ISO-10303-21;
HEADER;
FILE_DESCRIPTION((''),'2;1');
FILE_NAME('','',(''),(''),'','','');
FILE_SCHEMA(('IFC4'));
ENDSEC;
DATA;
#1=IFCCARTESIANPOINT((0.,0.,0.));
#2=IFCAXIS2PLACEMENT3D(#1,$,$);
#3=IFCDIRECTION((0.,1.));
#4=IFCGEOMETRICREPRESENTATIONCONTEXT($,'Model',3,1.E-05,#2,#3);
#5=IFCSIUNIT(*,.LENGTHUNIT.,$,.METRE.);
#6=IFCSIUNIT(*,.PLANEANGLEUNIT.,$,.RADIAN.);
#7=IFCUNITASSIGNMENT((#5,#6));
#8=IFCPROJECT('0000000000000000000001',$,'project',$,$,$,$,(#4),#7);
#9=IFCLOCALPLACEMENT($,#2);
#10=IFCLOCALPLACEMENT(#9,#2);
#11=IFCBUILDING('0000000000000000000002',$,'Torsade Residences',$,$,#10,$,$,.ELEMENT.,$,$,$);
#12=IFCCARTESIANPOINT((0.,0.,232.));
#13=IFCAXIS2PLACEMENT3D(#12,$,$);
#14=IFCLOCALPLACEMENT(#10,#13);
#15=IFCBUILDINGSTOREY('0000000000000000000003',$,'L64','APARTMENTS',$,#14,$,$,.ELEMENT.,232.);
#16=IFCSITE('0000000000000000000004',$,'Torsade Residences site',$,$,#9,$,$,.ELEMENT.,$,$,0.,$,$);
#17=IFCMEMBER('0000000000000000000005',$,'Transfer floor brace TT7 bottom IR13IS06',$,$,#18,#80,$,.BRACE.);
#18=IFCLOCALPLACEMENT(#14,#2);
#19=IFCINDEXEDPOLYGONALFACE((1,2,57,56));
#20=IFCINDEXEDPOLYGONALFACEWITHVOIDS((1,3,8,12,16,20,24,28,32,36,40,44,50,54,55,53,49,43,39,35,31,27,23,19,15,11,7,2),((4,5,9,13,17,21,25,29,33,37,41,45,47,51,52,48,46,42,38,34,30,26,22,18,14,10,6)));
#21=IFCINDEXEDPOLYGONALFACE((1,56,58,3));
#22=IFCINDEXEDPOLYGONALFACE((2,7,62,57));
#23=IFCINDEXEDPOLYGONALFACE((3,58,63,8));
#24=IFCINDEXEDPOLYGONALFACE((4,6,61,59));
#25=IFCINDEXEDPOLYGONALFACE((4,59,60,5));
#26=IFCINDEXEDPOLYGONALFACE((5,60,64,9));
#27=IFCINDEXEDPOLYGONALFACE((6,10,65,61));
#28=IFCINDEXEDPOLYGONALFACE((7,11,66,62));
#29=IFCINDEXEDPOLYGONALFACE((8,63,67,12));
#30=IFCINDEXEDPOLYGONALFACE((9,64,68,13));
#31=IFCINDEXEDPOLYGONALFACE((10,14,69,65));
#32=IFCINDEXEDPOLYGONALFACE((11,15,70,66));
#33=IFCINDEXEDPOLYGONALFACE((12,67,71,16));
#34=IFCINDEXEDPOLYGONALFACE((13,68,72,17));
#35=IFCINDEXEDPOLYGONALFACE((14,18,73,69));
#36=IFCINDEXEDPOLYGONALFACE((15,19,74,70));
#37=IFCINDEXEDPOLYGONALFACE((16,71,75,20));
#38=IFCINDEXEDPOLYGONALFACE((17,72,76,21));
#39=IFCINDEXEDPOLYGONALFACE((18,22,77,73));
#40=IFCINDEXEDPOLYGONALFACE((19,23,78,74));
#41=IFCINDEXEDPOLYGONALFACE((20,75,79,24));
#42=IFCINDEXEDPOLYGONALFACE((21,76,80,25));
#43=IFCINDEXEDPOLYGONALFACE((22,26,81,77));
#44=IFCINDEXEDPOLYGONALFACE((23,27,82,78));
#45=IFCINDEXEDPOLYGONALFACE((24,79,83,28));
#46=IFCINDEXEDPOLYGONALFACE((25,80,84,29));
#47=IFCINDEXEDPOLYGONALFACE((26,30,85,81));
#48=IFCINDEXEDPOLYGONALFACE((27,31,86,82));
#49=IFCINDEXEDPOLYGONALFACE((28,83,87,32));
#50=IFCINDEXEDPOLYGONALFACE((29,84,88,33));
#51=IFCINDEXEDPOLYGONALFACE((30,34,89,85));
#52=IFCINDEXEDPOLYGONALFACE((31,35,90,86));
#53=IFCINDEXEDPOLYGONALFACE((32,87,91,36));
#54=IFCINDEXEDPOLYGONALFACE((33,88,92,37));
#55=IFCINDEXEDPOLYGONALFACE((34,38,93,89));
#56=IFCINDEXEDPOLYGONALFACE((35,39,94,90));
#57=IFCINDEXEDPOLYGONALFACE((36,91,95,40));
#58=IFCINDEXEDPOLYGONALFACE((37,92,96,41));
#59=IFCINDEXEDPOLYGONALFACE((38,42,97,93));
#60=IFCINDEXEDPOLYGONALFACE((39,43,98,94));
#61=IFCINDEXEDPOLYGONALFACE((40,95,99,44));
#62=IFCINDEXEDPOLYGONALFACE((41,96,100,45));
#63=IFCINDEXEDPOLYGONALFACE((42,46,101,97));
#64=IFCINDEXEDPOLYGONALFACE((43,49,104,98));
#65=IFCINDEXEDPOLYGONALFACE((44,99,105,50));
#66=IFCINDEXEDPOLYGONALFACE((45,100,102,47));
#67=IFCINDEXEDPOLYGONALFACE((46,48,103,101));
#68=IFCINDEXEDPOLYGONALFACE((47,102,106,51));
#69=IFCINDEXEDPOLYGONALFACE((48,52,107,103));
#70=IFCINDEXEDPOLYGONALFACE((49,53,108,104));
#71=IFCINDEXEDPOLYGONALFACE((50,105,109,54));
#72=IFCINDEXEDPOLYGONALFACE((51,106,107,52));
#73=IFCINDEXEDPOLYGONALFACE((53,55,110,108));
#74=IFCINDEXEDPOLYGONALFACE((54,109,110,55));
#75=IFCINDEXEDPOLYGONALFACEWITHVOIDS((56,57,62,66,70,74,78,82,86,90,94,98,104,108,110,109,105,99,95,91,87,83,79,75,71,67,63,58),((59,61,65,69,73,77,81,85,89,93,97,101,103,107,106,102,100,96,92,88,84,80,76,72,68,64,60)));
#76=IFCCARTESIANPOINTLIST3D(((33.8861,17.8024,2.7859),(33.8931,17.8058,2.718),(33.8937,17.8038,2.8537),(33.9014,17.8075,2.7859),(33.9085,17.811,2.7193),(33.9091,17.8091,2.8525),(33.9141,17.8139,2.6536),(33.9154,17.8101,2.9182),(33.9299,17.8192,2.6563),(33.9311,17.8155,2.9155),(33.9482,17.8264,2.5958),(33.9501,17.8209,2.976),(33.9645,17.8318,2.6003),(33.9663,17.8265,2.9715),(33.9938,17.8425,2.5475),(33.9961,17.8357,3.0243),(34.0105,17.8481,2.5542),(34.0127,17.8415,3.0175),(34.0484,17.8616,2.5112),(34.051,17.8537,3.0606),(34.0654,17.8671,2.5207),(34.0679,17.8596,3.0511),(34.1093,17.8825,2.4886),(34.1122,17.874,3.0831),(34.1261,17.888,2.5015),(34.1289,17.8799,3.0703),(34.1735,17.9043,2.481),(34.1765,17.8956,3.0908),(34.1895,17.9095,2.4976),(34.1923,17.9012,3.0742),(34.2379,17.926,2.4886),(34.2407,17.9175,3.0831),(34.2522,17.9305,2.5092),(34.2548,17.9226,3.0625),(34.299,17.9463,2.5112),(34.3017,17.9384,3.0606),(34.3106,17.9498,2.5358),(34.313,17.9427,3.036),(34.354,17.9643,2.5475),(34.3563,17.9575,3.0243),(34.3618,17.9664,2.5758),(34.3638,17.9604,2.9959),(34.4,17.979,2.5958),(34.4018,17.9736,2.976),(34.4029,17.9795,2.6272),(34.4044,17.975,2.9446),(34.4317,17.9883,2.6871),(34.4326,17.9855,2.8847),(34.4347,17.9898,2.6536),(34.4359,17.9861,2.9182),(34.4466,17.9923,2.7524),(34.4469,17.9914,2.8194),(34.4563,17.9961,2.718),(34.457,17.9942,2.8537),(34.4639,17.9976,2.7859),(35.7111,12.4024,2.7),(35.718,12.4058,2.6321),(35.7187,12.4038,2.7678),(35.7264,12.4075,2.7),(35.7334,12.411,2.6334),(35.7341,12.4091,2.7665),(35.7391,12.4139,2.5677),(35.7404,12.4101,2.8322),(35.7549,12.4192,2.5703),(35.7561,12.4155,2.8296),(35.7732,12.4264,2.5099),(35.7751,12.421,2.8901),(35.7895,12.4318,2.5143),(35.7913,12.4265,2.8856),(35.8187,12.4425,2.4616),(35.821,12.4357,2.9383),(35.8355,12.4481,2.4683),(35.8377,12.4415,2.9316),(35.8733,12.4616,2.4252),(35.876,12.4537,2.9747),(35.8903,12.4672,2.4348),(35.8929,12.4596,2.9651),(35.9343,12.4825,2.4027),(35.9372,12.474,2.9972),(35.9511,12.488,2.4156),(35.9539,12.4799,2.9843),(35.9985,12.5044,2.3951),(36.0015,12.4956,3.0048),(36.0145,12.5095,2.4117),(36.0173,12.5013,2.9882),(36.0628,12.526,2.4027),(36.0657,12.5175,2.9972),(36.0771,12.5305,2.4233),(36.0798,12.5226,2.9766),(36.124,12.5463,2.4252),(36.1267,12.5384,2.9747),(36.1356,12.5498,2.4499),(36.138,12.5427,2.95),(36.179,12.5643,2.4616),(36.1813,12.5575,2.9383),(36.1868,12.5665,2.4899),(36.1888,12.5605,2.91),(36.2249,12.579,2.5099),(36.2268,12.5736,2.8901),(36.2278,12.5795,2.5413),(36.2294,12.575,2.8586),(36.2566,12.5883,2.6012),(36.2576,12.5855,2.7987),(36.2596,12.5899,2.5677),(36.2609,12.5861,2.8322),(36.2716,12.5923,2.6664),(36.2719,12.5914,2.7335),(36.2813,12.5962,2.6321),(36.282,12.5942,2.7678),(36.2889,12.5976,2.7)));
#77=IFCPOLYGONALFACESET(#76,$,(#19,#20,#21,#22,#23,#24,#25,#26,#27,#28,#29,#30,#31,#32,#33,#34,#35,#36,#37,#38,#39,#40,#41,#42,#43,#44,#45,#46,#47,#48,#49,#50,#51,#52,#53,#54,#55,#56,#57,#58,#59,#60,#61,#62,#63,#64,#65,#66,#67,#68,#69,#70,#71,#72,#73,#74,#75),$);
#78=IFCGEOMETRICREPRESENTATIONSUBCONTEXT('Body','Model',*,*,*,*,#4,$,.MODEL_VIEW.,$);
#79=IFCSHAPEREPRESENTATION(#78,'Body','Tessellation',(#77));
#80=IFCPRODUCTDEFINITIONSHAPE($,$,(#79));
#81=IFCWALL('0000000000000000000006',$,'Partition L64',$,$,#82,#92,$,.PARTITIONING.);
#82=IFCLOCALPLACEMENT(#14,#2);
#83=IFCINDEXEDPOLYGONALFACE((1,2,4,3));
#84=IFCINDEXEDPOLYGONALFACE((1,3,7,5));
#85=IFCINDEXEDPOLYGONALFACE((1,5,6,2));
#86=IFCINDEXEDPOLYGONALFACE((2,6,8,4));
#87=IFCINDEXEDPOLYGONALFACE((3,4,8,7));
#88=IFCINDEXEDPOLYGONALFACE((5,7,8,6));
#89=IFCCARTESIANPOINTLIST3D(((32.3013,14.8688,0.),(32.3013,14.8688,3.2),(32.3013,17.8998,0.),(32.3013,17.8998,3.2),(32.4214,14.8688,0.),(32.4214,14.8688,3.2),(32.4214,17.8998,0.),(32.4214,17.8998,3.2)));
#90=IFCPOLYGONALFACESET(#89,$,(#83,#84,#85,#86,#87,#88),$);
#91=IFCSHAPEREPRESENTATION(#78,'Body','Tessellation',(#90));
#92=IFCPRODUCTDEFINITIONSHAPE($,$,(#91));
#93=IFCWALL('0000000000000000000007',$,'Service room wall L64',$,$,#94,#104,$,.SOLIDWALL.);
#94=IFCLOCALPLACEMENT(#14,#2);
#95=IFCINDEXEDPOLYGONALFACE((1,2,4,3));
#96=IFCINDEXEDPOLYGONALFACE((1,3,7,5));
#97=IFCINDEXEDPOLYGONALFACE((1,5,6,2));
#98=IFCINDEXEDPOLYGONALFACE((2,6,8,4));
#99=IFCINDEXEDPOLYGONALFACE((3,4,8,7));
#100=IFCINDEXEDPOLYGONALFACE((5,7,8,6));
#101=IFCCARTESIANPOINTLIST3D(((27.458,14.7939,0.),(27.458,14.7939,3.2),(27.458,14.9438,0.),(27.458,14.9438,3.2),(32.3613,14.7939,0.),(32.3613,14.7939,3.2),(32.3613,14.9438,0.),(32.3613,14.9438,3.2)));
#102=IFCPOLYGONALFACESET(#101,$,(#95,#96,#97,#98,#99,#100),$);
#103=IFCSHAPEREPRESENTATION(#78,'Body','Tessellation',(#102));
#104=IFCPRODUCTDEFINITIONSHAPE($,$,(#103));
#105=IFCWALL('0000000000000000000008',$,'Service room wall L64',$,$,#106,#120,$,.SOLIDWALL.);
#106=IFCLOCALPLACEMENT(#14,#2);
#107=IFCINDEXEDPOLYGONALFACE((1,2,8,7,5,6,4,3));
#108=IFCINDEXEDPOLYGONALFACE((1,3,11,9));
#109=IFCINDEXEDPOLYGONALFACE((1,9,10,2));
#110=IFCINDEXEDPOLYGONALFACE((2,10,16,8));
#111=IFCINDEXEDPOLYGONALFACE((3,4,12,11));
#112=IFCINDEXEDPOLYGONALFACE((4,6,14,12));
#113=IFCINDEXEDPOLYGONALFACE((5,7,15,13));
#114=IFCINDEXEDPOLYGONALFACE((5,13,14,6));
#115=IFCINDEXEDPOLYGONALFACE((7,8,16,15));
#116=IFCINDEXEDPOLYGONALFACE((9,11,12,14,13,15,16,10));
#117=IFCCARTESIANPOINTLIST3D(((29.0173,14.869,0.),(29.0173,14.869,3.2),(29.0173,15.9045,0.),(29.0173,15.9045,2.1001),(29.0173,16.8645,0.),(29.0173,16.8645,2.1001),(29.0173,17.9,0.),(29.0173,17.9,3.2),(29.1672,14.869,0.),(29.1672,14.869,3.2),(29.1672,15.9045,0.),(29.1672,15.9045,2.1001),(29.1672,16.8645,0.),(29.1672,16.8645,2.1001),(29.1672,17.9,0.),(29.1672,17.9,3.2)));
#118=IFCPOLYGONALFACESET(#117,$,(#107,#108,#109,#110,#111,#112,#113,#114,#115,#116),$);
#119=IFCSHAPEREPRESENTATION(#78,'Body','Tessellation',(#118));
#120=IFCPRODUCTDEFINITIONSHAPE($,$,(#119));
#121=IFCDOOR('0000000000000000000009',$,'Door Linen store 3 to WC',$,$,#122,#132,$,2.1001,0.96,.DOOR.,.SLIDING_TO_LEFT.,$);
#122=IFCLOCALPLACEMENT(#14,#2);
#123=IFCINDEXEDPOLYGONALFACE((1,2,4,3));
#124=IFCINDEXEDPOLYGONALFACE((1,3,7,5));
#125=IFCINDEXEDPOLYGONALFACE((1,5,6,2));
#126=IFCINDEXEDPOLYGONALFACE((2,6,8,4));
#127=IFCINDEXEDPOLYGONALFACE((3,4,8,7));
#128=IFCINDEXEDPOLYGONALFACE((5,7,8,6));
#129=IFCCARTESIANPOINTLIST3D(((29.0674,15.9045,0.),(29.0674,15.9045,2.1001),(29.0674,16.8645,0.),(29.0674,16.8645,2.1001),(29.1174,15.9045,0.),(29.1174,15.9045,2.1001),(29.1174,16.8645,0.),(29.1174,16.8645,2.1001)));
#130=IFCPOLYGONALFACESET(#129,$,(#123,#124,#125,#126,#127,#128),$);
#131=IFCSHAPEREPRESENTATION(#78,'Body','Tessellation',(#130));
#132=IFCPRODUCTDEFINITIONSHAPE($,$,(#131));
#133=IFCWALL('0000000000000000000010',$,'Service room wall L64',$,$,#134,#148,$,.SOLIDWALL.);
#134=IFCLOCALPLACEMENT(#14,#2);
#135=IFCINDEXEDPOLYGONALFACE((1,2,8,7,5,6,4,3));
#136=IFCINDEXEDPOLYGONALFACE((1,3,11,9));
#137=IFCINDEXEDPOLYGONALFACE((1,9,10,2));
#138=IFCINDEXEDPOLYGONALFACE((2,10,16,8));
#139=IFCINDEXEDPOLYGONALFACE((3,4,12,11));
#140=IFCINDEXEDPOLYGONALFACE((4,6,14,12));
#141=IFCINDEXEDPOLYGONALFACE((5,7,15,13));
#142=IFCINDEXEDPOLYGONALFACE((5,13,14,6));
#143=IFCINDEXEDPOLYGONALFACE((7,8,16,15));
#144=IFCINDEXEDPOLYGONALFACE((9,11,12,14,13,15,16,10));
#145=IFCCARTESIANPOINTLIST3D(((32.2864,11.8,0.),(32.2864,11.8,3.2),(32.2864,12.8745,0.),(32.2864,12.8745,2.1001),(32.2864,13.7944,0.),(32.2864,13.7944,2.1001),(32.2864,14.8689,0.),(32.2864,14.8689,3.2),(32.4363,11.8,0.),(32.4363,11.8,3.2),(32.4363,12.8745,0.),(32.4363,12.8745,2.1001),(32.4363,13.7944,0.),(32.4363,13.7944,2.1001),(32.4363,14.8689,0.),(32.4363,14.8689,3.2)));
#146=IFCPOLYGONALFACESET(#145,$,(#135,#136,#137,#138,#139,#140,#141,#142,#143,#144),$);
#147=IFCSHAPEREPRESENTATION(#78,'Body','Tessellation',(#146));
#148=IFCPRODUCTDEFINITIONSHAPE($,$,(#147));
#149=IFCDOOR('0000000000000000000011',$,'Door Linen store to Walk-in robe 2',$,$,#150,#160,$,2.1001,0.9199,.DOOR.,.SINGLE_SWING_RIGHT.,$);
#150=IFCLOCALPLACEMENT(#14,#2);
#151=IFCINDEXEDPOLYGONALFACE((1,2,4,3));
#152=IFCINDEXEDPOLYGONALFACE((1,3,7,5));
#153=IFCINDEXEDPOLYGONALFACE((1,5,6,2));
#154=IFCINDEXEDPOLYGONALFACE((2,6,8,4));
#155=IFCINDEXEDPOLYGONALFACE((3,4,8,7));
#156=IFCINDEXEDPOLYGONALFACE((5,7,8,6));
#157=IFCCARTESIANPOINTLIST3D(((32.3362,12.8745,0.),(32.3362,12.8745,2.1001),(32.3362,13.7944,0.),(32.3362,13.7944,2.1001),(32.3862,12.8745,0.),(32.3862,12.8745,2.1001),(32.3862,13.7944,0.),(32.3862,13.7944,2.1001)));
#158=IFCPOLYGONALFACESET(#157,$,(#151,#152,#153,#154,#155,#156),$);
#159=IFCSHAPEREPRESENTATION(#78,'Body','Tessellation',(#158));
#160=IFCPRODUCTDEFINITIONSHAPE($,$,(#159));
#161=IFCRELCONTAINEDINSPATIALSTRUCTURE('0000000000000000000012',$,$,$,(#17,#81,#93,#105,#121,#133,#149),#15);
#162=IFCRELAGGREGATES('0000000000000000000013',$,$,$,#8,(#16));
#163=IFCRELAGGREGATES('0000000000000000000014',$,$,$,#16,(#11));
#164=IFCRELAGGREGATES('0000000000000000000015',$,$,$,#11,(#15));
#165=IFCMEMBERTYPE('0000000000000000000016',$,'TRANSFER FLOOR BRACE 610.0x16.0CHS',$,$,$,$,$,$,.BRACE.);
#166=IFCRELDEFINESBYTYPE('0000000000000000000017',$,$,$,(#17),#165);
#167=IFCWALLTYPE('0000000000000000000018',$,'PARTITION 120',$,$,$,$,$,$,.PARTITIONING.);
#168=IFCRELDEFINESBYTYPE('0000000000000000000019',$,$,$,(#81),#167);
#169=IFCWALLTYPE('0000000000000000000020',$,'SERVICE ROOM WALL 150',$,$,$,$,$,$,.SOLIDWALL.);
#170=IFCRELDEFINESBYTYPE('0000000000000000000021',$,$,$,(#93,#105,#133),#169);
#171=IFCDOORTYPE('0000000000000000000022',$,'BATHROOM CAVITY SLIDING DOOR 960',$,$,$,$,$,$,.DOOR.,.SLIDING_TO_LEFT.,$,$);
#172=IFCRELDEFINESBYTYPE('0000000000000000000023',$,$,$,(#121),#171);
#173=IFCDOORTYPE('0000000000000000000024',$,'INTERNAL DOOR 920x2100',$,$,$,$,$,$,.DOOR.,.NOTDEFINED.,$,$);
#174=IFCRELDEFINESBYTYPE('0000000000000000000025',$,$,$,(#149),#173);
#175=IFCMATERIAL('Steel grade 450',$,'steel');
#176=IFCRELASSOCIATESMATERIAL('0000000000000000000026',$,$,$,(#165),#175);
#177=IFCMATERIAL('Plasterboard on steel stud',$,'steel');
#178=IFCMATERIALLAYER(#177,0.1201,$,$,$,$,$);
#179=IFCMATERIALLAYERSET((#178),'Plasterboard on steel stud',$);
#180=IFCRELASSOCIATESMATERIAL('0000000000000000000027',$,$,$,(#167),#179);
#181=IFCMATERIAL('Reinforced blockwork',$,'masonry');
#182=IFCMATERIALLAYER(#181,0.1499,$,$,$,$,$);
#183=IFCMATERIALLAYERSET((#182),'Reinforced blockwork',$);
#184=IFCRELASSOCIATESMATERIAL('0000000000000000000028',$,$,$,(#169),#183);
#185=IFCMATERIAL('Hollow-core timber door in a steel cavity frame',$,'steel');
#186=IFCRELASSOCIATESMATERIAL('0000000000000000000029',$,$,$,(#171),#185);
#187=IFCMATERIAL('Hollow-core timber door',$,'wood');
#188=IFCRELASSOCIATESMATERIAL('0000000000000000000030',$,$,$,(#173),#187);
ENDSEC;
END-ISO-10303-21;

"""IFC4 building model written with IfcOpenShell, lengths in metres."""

from ifc_helpers import new_model, si_unit, direction, frame, frame_2d, origin, origin_2d, place, context, subcontext, project, spatial, rectangle, hollow_circle, extrude, material, layer, layer_set, material_profile, profile_set, type_object, element, fill, save


model = new_model("IFC4")

# Units and contexts
model_context = context("Model", 3, precision=1e-05, world=origin(), true_north=direction((0.0, 1.0)))
body_context = subcontext(model_context, "Body", "Model", "MODEL_VIEW")
ifc_project = project(units=[si_unit("LENGTHUNIT", "METRE"), si_unit("PLANEANGLEUNIT", "RADIAN")], contexts=[model_context])

# Site, building, storey
site_placement = place(None, origin())
site = spatial("IfcSite", under=ifc_project, at=site_placement, Name="Torsade Residences site", CompositionType="ELEMENT", RefElevation=0.0)
building_placement = place(site_placement, origin())
building = spatial("IfcBuilding", under=site, at=building_placement, Name="Torsade Residences", CompositionType="ELEMENT")
storey_placement = place(building_placement, frame((0.0, 0.0, 232.0)))
storey = spatial("IfcBuildingStorey", under=building, at=storey_placement, Name="L64", Description="APARTMENTS", CompositionType="ELEMENT", Elevation=232.0)

# Member
ifc_material_1 = material(Name="Steel grade 450", Category="steel")
ifc_material_profile_1 = material_profile(ifc_material_1, hollow_circle(Radius=0.3049, WallThickness=0.0161, at=origin_2d()), Name="610.0x16.0CHS")
ifc_profile_set_1 = profile_set([ifc_material_profile_1], Name="Steel grade 450")
member_type = type_object("IfcMemberType", Name="TRANSFER FLOOR BRACE 610.0x16.0CHS", PredefinedType="BRACE", material=ifc_profile_set_1)
member_1_placement = place(storey_placement, frame((36.0, 12.5, 2.7), z_axis=(-0.320133, 0.947252, 0.015075), x_axis=(-0.94736, -0.32017, 0.0)))
element("IfcMember", 1, at=member_1_placement, inside=storey, type_object=member_type, Name="Transfer floor brace TT7 bottom IR13IS06", PredefinedType="BRACE", context=body_context, shape_type="SweptSolid", body=[
    extrude(hollow_circle(Radius=0.3049, WallThickness=0.0161, at=origin_2d()), origin(), (0.0, 0.0, 1.0), 5.7007),
])

# Walls
ifc_material_2 = material(Name="Plasterboard on steel stud", Category="steel")
ifc_layer_1 = layer(ifc_material_2, 0.1201)
ifc_layer_set_1 = layer_set([ifc_layer_1], Name="Plasterboard on steel stud")
wall_type_1 = type_object("IfcWallType", Name="PARTITION 120", PredefinedType="PARTITIONING", material=ifc_layer_set_1)
wall_1_placement = place(storey_placement, frame((32.3613, 17.8999, 0.0), z_axis=(0.0, 0.0, 1.0), x_axis=(0.0, -1.0, 0.0)))
element("IfcWall", 2, at=wall_1_placement, inside=storey, type_object=wall_type_1, Name="Partition L64", PredefinedType="PARTITIONING", context=body_context, shape_type="SweptSolid", body=[
    extrude(rectangle(XDim=3.031, YDim=0.1201, at=frame_2d((1.5156, 0.0))), origin(), (0.0, 0.0, 1.0), 3.2),
])
ifc_material_3 = material(Name="Reinforced blockwork", Category="masonry")
ifc_layer_2 = layer(ifc_material_3, 0.1499)
ifc_layer_set_2 = layer_set([ifc_layer_2], Name="Reinforced blockwork")
wall_type_2 = type_object("IfcWallType", Name="SERVICE ROOM WALL 150", PredefinedType="SOLIDWALL", material=ifc_layer_set_2)
wall_2_placement = place(storey_placement, frame((32.3613, 14.8689, 0.0), z_axis=(0.0, 0.0, 1.0), x_axis=(-1.0, 0.0, 0.0)))
element("IfcWall", 3, at=wall_2_placement, inside=storey, type_object=wall_type_2, Name="Service room wall L64", PredefinedType="SOLIDWALL", context=body_context, shape_type="SweptSolid", body=[
    extrude(rectangle(XDim=4.9033, YDim=0.1499, at=frame_2d((2.4517, 0.0))), origin(), (0.0, 0.0, 1.0), 3.2),
])

# Walls, openings, doors
wall_3_placement = place(storey_placement, frame((29.0923, 14.8689, 0.0), z_axis=(0.0, 0.0, 1.0), x_axis=(0.0, 1.0, 0.0)))
wall_3 = element("IfcWall", 4, at=wall_3_placement, inside=storey, type_object=wall_type_2, Name="Service room wall L64", PredefinedType="SOLIDWALL", context=body_context, shape_type="SweptSolid", body=[
    extrude(rectangle(XDim=3.031, YDim=0.1499, at=frame_2d((1.5156, 0.0))), origin(), (0.0, 0.0, 1.0), 3.2),
])
opening_1_placement = place(wall_3_placement, frame((1.0356, 0.0, 0.0)))
opening_1 = element("IfcOpeningElement", 5, at=opening_1_placement, cuts=wall_3, PredefinedType="OPENING", context=body_context, shape_type="SweptSolid", body=[
    extrude(rectangle(XDim=0.96, YDim=2.1001, at=frame_2d((0.48, 1.05))), frame((0.0, 0.085, 0.0), z_axis=(0.0, -1.0, 0.0), x_axis=(1.0, 0.0, 0.0)), (0.0, 0.0, 1.0), 0.1699),
])
ifc_material_4 = material(Name="Hollow-core timber door in a steel cavity frame", Category="steel")
door_type_1 = type_object("IfcDoorType", Name="BATHROOM CAVITY SLIDING DOOR 960", OperationType="SLIDING_TO_LEFT", PredefinedType="DOOR", material=ifc_material_4)
door_1_placement = place(opening_1_placement, origin())
door_1 = element("IfcDoor", 6, at=door_1_placement, inside=storey, type_object=door_type_1, Name="Door Linen store 3 to WC", OperationType="SLIDING_TO_LEFT", OverallHeight=2.1001, OverallWidth=0.96, PredefinedType="DOOR", context=body_context, shape_type="SweptSolid", body=[
    extrude(rectangle(XDim=0.96, YDim=2.1001, at=frame_2d((0.48, 1.05))), frame((0.0, 0.0249, 0.0), z_axis=(0.0, -1.0, 0.0), x_axis=(1.0, 0.0, 0.0)), (0.0, 0.0, 1.0), 0.05),
])
fill(opening_1, door_1)
wall_4_placement = place(storey_placement, frame((32.3613, 14.8689, 0.0), z_axis=(0.0, 0.0, 1.0), x_axis=(0.0, -1.0, 0.0)))
wall_4 = element("IfcWall", 7, at=wall_4_placement, inside=storey, type_object=wall_type_2, Name="Service room wall L64", PredefinedType="SOLIDWALL", context=body_context, shape_type="SweptSolid", body=[
    extrude(rectangle(XDim=3.0688, YDim=0.1499, at=frame_2d((1.5344, 0.0))), origin(), (0.0, 0.0, 1.0), 3.2),
])
opening_2_placement = place(wall_4_placement, frame((1.0745, 0.0, 0.0)))
opening_2 = element("IfcOpeningElement", 8, at=opening_2_placement, cuts=wall_4, PredefinedType="OPENING", context=body_context, shape_type="SweptSolid", body=[
    extrude(rectangle(XDim=0.9199, YDim=2.1001, at=frame_2d((0.46, 1.05))), frame((0.0, 0.085, 0.0), z_axis=(0.0, -1.0, 0.0), x_axis=(1.0, 0.0, 0.0)), (0.0, 0.0, 1.0), 0.1699),
])
ifc_material_5 = material(Name="Hollow-core timber door", Category="wood")
door_type_2 = type_object("IfcDoorType", Name="INTERNAL DOOR 920x2100", OperationType="NOTDEFINED", PredefinedType="DOOR", material=ifc_material_5)
door_2_placement = place(opening_2_placement, origin())
door_2 = element("IfcDoor", 9, at=door_2_placement, inside=storey, type_object=door_type_2, Name="Door Linen store to Walk-in robe 2", OperationType="SINGLE_SWING_RIGHT", OverallHeight=2.1001, OverallWidth=0.9199, PredefinedType="DOOR", context=body_context, shape_type="SweptSolid", body=[
    extrude(rectangle(XDim=0.9199, YDim=2.1001, at=frame_2d((0.46, 1.05))), frame((0.0, 0.0249, 0.0), z_axis=(0.0, -1.0, 0.0), x_axis=(1.0, 0.0, 0.0)), (0.0, 0.0, 1.0), 0.05),
])
fill(opening_2, door_2)

save(model, "model.ifc")
